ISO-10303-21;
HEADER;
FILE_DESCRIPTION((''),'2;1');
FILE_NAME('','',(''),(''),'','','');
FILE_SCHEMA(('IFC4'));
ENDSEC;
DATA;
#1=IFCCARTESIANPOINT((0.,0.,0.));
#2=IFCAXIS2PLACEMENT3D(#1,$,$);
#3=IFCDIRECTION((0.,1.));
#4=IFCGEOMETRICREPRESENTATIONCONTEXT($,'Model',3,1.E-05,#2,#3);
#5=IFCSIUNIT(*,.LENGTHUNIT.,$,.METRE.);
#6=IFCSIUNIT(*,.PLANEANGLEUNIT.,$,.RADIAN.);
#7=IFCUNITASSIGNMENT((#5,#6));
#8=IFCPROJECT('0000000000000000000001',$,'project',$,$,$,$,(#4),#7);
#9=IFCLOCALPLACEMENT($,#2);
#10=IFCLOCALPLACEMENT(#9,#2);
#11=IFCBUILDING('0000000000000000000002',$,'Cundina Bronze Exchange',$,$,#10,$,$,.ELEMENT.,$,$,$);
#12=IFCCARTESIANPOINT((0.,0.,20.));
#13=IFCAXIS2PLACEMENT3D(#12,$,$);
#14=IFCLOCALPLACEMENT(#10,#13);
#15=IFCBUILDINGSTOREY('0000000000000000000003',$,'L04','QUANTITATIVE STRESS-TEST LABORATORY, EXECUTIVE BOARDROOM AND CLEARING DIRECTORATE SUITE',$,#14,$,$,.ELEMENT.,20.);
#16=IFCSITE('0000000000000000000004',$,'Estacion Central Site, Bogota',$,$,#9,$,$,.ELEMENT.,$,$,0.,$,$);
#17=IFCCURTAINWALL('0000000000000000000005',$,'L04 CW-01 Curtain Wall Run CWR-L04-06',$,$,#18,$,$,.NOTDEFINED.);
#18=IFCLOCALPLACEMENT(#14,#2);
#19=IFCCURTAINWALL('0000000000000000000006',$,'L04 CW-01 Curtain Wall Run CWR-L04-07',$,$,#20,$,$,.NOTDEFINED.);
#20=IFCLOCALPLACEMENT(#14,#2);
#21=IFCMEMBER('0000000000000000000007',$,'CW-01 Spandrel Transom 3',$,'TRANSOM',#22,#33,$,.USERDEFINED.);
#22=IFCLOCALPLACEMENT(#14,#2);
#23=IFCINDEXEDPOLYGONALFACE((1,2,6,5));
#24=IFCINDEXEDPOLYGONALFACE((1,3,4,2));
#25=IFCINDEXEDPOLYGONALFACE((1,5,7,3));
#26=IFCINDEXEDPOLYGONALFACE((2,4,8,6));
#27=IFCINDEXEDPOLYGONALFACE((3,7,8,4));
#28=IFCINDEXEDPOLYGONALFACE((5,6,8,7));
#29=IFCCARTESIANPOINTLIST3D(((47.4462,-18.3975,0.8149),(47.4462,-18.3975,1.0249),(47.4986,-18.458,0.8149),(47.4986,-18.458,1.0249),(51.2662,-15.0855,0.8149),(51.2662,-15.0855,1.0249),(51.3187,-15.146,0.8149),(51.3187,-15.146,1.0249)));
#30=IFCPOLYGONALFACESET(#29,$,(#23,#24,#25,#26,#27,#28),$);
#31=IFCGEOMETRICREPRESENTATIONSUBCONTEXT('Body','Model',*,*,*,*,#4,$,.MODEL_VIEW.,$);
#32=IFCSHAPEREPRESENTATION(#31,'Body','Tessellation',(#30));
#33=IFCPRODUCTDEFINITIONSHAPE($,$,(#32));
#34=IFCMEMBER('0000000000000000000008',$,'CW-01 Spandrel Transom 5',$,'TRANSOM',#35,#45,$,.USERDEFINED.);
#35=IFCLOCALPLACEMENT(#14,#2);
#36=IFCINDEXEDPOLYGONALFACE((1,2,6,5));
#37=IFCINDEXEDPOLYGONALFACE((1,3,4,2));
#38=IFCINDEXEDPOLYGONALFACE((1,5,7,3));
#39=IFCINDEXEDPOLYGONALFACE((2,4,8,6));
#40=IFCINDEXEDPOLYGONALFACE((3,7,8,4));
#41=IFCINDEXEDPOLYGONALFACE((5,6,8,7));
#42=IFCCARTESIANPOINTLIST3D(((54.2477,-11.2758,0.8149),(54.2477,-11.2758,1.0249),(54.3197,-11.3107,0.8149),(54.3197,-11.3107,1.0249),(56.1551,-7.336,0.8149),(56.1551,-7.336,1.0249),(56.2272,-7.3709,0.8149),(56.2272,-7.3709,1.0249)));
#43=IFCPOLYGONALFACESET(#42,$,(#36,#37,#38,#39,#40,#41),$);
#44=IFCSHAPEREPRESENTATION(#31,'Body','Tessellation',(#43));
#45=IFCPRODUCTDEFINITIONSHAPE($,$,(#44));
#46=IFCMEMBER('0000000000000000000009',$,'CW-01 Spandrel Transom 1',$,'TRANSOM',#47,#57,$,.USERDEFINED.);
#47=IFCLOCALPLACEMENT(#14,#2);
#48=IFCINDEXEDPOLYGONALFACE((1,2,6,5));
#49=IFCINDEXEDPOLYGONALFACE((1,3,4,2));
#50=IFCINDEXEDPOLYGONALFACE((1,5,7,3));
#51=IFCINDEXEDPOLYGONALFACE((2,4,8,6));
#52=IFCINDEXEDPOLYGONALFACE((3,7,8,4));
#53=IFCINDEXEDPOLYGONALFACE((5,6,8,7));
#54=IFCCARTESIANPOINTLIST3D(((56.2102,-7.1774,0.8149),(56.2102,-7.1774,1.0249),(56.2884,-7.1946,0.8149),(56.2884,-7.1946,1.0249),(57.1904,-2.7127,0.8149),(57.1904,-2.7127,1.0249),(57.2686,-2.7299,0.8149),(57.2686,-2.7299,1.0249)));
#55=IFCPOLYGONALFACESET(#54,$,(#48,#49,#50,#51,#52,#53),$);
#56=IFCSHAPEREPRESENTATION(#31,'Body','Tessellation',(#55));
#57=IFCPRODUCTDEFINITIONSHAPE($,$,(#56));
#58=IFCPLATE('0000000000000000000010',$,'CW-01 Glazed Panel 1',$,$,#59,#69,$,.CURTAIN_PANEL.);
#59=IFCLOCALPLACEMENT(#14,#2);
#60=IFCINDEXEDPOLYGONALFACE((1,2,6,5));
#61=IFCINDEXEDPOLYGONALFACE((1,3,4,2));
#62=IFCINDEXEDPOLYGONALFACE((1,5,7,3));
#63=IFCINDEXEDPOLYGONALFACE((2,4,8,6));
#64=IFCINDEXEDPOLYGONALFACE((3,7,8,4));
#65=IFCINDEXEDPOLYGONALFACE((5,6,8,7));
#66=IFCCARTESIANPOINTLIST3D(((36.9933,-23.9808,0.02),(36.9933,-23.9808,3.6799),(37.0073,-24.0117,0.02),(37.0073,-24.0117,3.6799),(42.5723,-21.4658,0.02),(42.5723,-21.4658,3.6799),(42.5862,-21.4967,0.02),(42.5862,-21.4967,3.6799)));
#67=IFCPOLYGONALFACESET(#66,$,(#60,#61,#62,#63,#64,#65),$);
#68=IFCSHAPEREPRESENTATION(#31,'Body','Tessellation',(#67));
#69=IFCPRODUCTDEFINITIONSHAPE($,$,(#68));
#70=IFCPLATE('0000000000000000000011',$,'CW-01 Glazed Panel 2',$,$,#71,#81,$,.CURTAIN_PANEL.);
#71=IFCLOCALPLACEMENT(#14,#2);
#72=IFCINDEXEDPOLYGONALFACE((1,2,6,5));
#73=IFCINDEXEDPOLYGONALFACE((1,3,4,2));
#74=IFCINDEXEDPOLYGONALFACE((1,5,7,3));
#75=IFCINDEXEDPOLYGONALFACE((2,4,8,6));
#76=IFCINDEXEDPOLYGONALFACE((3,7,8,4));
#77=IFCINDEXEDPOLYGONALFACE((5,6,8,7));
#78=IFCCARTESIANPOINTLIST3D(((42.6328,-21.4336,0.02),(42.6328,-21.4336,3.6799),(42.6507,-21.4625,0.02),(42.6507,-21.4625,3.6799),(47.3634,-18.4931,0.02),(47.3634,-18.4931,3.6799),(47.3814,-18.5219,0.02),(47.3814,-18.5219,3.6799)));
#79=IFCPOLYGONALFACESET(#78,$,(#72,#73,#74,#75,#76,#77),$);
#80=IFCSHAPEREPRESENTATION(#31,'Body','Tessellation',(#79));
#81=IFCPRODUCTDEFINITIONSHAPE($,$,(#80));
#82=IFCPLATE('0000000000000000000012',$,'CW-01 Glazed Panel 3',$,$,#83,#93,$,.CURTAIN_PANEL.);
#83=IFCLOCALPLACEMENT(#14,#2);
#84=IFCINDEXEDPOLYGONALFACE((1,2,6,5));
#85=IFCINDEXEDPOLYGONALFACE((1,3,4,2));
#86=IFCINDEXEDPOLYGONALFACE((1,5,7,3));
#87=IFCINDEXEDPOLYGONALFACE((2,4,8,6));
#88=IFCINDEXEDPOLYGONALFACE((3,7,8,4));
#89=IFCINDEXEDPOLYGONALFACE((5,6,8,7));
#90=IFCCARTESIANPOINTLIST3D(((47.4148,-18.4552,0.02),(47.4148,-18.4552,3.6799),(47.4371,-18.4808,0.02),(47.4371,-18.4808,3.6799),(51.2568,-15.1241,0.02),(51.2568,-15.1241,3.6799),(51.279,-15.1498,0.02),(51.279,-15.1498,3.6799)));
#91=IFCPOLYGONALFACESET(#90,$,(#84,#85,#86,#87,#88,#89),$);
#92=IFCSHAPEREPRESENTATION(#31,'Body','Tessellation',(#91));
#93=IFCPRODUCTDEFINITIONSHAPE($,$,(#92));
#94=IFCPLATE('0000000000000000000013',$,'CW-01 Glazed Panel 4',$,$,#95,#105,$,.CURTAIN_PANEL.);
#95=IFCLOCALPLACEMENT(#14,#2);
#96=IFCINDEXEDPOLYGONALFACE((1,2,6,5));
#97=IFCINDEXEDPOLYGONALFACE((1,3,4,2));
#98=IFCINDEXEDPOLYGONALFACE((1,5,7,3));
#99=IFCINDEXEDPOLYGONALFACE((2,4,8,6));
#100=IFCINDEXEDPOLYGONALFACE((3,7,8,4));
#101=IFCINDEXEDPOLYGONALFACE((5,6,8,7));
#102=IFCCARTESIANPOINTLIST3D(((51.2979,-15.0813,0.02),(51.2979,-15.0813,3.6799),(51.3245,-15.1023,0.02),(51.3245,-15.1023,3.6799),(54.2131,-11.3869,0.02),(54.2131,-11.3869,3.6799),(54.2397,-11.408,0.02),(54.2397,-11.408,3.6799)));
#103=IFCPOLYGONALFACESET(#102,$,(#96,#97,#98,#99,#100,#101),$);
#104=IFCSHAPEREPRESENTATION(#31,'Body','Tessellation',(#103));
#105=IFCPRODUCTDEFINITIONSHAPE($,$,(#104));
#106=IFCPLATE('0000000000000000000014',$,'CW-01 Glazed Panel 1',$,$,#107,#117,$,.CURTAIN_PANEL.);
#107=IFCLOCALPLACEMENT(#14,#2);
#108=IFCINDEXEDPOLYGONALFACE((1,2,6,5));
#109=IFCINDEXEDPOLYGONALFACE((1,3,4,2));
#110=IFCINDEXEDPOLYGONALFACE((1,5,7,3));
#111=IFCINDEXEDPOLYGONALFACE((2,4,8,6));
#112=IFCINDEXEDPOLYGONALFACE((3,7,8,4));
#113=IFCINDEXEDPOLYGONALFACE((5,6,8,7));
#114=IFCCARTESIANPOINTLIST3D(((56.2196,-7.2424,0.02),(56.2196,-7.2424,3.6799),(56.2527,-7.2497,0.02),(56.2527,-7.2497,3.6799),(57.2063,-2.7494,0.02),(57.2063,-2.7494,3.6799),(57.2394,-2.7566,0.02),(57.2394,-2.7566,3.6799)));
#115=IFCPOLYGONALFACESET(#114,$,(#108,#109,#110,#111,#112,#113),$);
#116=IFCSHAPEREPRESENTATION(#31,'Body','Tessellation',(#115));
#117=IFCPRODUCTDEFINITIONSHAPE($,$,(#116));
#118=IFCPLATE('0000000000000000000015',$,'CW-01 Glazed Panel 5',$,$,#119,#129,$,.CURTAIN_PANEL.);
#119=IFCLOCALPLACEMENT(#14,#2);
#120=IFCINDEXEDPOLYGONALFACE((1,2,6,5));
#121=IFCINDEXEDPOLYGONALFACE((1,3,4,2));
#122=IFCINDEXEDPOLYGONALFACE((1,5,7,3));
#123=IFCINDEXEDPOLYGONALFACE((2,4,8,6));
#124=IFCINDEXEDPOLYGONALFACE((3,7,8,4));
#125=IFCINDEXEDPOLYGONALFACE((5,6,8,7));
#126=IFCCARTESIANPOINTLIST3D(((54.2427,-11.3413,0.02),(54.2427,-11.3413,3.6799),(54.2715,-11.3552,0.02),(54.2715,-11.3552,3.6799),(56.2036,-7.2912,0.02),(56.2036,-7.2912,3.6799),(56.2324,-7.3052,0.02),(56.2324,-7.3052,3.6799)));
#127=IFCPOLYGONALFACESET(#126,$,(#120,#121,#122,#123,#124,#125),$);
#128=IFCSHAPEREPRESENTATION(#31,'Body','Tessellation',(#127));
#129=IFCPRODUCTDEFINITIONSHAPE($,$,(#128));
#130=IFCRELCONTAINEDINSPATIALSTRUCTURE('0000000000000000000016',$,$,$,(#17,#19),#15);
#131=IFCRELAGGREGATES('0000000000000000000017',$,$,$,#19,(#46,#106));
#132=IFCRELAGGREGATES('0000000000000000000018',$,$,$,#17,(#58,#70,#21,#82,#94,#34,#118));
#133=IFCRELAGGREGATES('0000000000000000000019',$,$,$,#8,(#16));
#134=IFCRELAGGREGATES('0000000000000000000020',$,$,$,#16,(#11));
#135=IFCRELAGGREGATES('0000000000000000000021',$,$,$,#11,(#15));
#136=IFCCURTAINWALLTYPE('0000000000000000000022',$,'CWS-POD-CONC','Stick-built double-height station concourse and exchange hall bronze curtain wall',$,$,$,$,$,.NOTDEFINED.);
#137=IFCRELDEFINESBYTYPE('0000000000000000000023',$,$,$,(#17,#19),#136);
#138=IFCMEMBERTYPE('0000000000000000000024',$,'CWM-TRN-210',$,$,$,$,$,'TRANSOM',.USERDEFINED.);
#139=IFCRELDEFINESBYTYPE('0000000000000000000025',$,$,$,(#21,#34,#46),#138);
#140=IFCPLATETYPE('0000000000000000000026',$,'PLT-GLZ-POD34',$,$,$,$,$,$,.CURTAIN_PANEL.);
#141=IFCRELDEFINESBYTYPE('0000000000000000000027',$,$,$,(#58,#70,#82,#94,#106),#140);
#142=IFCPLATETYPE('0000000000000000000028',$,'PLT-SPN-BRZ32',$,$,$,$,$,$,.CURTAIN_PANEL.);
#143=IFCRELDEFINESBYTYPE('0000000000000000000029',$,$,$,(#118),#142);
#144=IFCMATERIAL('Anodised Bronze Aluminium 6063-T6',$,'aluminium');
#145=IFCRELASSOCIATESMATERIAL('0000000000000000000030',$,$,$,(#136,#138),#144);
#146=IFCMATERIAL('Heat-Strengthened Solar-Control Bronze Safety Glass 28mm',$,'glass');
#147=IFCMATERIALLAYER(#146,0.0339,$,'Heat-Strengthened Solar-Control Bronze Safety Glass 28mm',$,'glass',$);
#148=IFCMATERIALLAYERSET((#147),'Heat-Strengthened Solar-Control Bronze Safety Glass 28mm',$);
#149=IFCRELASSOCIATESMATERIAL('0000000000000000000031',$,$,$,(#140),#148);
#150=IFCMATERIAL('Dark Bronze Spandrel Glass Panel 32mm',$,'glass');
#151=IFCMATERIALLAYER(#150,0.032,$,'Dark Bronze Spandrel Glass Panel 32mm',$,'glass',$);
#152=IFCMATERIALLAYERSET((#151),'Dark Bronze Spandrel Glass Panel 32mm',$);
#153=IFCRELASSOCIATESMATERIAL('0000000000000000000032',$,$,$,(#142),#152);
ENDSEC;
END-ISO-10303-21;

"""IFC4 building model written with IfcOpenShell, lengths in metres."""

from ifc_helpers import new_model, si_unit, direction, frame, origin, origin_2d, place, context, subcontext, project, spatial, rectangle, extrude, material, layer, layer_set, material_profile, profile_set, type_object, element, aggregate, save


model = new_model("IFC4")

# Units and contexts
model_context = context("Model", 3, precision=1e-05, world=origin(), true_north=direction((0.0, 1.0)))
body_context = subcontext(model_context, "Body", "Model", "MODEL_VIEW")
ifc_project = project(units=[si_unit("LENGTHUNIT", "METRE"), si_unit("PLANEANGLEUNIT", "RADIAN")], contexts=[model_context])

# Site, building, storey
site_placement = place(None, origin())
site = spatial("IfcSite", under=ifc_project, at=site_placement, Name="Estacion Central Site, Bogota", CompositionType="ELEMENT", RefElevation=0.0)
building_placement = place(site_placement, origin())
building = spatial("IfcBuilding", under=site, at=building_placement, Name="Cundina Bronze Exchange", CompositionType="ELEMENT")
storey_placement = place(building_placement, frame((0.0, 0.0, 20.0)))
storey = spatial("IfcBuildingStorey", under=building, at=storey_placement, Name="L04", Description="QUANTITATIVE STRESS-TEST LABORATORY, EXECUTIVE BOARDROOM AND CLEARING DIRECTORATE SUITE", CompositionType="ELEMENT", Elevation=20.0)

# Curtain wall
ifc_material_1 = material(Name="Anodised Bronze Aluminium 6063-T6", Category="aluminium")
curtain_wall_type = type_object("IfcCurtainWallType", Name="CWS-POD-CONC", Description="Stick-built double-height station concourse and exchange hall bronze curtain wall", PredefinedType="NOTDEFINED", material=ifc_material_1)
curtain_wall_1_placement = place(storey_placement, origin())
curtain_wall_1 = element("IfcCurtainWall", 1, at=curtain_wall_1_placement, inside=storey, type_object=curtain_wall_type, Name="L04 CW-01 Curtain Wall Run CWR-L04-06", PredefinedType="NOTDEFINED")

# Curtain wall
curtain_wall_2_placement = place(storey_placement, origin())
curtain_wall_2 = element("IfcCurtainWall", 2, at=curtain_wall_2_placement, inside=storey, type_object=curtain_wall_type, Name="L04 CW-01 Curtain Wall Run CWR-L04-07", PredefinedType="NOTDEFINED")

# Members
ifc_material_profile_1 = material_profile(ifc_material_1, rectangle(XDim=0.0801, YDim=0.21, at=origin_2d()), Name="AL80X210", Category="aluminium")
ifc_profile_set_1 = profile_set([ifc_material_profile_1], Name="Anodised Bronze Aluminium 6063-T6")
member_type_1 = type_object("IfcMemberType", Name="CWM-TRN-210", ElementType="TRANSOM", PredefinedType="USERDEFINED", material=ifc_profile_set_1)
member_1_placement = place(storey_placement, frame((47.4724, -18.4277, 0.9199), z_axis=(0.755563, 0.655076, 0.0), x_axis=(-0.655076, 0.755563, 0.0)))
member_1 = element("IfcMember", 3, at=member_1_placement, type_object=member_type_1, Name="CW-01 Spandrel Transom 3", ObjectType="TRANSOM", PredefinedType="USERDEFINED", context=body_context, shape_type="SweptSolid", body=[
    extrude(rectangle(XDim=0.0801, YDim=0.21, at=origin_2d()), origin(), (0.0, 0.0, 1.0), 5.0559),
])
member_2_placement = place(storey_placement, frame((54.2837, -11.2932, 0.9199), z_axis=(0.435777, 0.900055, 0.0), x_axis=(-0.900055, 0.435777, 0.0)))
member_2 = element("IfcMember", 4, at=member_2_placement, type_object=member_type_1, Name="CW-01 Spandrel Transom 5", ObjectType="TRANSOM", PredefinedType="USERDEFINED", context=body_context, shape_type="SweptSolid", body=[
    extrude(rectangle(XDim=0.0801, YDim=0.21, at=origin_2d()), origin(), (0.0, 0.0, 1.0), 4.3772),
])
member_3_placement = place(storey_placement, frame((56.2493, -7.186, 0.9199), z_axis=(0.214447, 0.976736, 0.0), x_axis=(-0.976736, 0.214447, 0.0)))
member_3 = element("IfcMember", 5, at=member_3_placement, type_object=member_type_1, Name="CW-01 Spandrel Transom 1", ObjectType="TRANSOM", PredefinedType="USERDEFINED", context=body_context, shape_type="SweptSolid", body=[
    extrude(rectangle(XDim=0.0801, YDim=0.21, at=origin_2d()), origin(), (0.0, 0.0, 1.0), 4.571),
])

# Plates
ifc_material_2 = material(Name="Heat-Strengthened Solar-Control Bronze Safety Glass 28mm", Category="glass")
ifc_layer_1 = layer(ifc_material_2, 0.0339, Name="Heat-Strengthened Solar-Control Bronze Safety Glass 28mm", Category="glass")
ifc_layer_set_1 = layer_set([ifc_layer_1], Name="Heat-Strengthened Solar-Control Bronze Safety Glass 28mm")
plate_type_1 = type_object("IfcPlateType", Name="PLT-GLZ-POD34", PredefinedType="CURTAIN_PANEL", material=ifc_layer_set_1)
plate_1_placement = place(storey_placement, frame((39.7898, -22.7388, 0.02), z_axis=(0.0, 0.0, 1.0), x_axis=(0.911647, 0.410973, 0.0)))
plate_1 = element("IfcPlate", 6, at=plate_1_placement, type_object=plate_type_1, Name="CW-01 Glazed Panel 1", PredefinedType="CURTAIN_PANEL", context=body_context, shape_type="SweptSolid", body=[
    extrude(rectangle(XDim=6.1196, YDim=0.0339, at=origin_2d()), origin(), (0.0, 0.0, 1.0), 3.6599),
])
plate_2_placement = place(storey_placement, frame((45.0071, -19.9778, 0.02), z_axis=(0.0, 0.0, 1.0), x_axis=(0.849294, 0.52792, 0.0)))
plate_2 = element("IfcPlate", 7, at=plate_2_placement, type_object=plate_type_1, Name="CW-01 Glazed Panel 2", PredefinedType="CURTAIN_PANEL", context=body_context, shape_type="SweptSolid", body=[
    extrude(rectangle(XDim=5.5701, YDim=0.0339, at=origin_2d()), origin(), (0.0, 0.0, 1.0), 3.6599),
])
plate_3_placement = place(storey_placement, frame((49.3469, -16.8025, 0.02), z_axis=(0.0, 0.0, 1.0), x_axis=(0.755556, 0.655084, 0.0)))
plate_3 = element("IfcPlate", 8, at=plate_3_placement, type_object=plate_type_1, Name="CW-01 Glazed Panel 3", PredefinedType="CURTAIN_PANEL", context=body_context, shape_type="SweptSolid", body=[
    extrude(rectangle(XDim=5.085, YDim=0.0339, at=origin_2d()), origin(), (0.0, 0.0, 1.0), 3.6599),
])
plate_4_placement = place(storey_placement, frame((52.7688, -13.2446, 0.02), z_axis=(0.0, 0.0, 1.0), x_axis=(0.619464, 0.785025, 0.0)))
plate_4 = element("IfcPlate", 9, at=plate_4_placement, type_object=plate_type_1, Name="CW-01 Glazed Panel 4", PredefinedType="CURTAIN_PANEL", context=body_context, shape_type="SweptSolid", body=[
    extrude(rectangle(XDim=4.7061, YDim=0.0339, at=origin_2d()), origin(), (0.0, 0.0, 1.0), 3.6599),
])
plate_5_placement = place(storey_placement, frame((56.7295, -4.9995, 0.02), z_axis=(0.0, 0.0, 1.0), x_axis=(0.214497, 0.976725, 0.0)))
plate_5 = element("IfcPlate", 10, at=plate_5_placement, type_object=plate_type_1, Name="CW-01 Glazed Panel 1", PredefinedType="CURTAIN_PANEL", context=body_context, shape_type="SweptSolid", body=[
    extrude(rectangle(XDim=4.6001, YDim=0.0339, at=origin_2d()), origin(), (0.0, 0.0, 1.0), 3.6599),
])
aggregate(curtain_wall_2, [member_3, plate_5])
ifc_material_3 = material(Name="Dark Bronze Spandrel Glass Panel 32mm", Category="glass")
ifc_layer_2 = layer(ifc_material_3, 0.032, Name="Dark Bronze Spandrel Glass Panel 32mm", Category="glass")
ifc_layer_set_2 = layer_set([ifc_layer_2], Name="Dark Bronze Spandrel Glass Panel 32mm")
plate_type_2 = type_object("IfcPlateType", Name="PLT-SPN-BRZ32", PredefinedType="CURTAIN_PANEL", material=ifc_layer_set_2)
plate_6_placement = place(storey_placement, frame((55.2375, -9.3232, 0.02), z_axis=(0.0, 0.0, 1.0), x_axis=(0.435765, 0.90006, 0.0)))
plate_6 = element("IfcPlate", 11, at=plate_6_placement, type_object=plate_type_2, Name="CW-01 Glazed Panel 5", PredefinedType="CURTAIN_PANEL", context=body_context, shape_type="SweptSolid", body=[
    extrude(rectangle(XDim=4.4998, YDim=0.032, at=origin_2d()), origin(), (0.0, 0.0, 1.0), 3.6599),
])
aggregate(curtain_wall_1, [plate_1, plate_2, member_1, plate_3, plate_4, member_2, plate_6])

save(model, "model.ifc")
